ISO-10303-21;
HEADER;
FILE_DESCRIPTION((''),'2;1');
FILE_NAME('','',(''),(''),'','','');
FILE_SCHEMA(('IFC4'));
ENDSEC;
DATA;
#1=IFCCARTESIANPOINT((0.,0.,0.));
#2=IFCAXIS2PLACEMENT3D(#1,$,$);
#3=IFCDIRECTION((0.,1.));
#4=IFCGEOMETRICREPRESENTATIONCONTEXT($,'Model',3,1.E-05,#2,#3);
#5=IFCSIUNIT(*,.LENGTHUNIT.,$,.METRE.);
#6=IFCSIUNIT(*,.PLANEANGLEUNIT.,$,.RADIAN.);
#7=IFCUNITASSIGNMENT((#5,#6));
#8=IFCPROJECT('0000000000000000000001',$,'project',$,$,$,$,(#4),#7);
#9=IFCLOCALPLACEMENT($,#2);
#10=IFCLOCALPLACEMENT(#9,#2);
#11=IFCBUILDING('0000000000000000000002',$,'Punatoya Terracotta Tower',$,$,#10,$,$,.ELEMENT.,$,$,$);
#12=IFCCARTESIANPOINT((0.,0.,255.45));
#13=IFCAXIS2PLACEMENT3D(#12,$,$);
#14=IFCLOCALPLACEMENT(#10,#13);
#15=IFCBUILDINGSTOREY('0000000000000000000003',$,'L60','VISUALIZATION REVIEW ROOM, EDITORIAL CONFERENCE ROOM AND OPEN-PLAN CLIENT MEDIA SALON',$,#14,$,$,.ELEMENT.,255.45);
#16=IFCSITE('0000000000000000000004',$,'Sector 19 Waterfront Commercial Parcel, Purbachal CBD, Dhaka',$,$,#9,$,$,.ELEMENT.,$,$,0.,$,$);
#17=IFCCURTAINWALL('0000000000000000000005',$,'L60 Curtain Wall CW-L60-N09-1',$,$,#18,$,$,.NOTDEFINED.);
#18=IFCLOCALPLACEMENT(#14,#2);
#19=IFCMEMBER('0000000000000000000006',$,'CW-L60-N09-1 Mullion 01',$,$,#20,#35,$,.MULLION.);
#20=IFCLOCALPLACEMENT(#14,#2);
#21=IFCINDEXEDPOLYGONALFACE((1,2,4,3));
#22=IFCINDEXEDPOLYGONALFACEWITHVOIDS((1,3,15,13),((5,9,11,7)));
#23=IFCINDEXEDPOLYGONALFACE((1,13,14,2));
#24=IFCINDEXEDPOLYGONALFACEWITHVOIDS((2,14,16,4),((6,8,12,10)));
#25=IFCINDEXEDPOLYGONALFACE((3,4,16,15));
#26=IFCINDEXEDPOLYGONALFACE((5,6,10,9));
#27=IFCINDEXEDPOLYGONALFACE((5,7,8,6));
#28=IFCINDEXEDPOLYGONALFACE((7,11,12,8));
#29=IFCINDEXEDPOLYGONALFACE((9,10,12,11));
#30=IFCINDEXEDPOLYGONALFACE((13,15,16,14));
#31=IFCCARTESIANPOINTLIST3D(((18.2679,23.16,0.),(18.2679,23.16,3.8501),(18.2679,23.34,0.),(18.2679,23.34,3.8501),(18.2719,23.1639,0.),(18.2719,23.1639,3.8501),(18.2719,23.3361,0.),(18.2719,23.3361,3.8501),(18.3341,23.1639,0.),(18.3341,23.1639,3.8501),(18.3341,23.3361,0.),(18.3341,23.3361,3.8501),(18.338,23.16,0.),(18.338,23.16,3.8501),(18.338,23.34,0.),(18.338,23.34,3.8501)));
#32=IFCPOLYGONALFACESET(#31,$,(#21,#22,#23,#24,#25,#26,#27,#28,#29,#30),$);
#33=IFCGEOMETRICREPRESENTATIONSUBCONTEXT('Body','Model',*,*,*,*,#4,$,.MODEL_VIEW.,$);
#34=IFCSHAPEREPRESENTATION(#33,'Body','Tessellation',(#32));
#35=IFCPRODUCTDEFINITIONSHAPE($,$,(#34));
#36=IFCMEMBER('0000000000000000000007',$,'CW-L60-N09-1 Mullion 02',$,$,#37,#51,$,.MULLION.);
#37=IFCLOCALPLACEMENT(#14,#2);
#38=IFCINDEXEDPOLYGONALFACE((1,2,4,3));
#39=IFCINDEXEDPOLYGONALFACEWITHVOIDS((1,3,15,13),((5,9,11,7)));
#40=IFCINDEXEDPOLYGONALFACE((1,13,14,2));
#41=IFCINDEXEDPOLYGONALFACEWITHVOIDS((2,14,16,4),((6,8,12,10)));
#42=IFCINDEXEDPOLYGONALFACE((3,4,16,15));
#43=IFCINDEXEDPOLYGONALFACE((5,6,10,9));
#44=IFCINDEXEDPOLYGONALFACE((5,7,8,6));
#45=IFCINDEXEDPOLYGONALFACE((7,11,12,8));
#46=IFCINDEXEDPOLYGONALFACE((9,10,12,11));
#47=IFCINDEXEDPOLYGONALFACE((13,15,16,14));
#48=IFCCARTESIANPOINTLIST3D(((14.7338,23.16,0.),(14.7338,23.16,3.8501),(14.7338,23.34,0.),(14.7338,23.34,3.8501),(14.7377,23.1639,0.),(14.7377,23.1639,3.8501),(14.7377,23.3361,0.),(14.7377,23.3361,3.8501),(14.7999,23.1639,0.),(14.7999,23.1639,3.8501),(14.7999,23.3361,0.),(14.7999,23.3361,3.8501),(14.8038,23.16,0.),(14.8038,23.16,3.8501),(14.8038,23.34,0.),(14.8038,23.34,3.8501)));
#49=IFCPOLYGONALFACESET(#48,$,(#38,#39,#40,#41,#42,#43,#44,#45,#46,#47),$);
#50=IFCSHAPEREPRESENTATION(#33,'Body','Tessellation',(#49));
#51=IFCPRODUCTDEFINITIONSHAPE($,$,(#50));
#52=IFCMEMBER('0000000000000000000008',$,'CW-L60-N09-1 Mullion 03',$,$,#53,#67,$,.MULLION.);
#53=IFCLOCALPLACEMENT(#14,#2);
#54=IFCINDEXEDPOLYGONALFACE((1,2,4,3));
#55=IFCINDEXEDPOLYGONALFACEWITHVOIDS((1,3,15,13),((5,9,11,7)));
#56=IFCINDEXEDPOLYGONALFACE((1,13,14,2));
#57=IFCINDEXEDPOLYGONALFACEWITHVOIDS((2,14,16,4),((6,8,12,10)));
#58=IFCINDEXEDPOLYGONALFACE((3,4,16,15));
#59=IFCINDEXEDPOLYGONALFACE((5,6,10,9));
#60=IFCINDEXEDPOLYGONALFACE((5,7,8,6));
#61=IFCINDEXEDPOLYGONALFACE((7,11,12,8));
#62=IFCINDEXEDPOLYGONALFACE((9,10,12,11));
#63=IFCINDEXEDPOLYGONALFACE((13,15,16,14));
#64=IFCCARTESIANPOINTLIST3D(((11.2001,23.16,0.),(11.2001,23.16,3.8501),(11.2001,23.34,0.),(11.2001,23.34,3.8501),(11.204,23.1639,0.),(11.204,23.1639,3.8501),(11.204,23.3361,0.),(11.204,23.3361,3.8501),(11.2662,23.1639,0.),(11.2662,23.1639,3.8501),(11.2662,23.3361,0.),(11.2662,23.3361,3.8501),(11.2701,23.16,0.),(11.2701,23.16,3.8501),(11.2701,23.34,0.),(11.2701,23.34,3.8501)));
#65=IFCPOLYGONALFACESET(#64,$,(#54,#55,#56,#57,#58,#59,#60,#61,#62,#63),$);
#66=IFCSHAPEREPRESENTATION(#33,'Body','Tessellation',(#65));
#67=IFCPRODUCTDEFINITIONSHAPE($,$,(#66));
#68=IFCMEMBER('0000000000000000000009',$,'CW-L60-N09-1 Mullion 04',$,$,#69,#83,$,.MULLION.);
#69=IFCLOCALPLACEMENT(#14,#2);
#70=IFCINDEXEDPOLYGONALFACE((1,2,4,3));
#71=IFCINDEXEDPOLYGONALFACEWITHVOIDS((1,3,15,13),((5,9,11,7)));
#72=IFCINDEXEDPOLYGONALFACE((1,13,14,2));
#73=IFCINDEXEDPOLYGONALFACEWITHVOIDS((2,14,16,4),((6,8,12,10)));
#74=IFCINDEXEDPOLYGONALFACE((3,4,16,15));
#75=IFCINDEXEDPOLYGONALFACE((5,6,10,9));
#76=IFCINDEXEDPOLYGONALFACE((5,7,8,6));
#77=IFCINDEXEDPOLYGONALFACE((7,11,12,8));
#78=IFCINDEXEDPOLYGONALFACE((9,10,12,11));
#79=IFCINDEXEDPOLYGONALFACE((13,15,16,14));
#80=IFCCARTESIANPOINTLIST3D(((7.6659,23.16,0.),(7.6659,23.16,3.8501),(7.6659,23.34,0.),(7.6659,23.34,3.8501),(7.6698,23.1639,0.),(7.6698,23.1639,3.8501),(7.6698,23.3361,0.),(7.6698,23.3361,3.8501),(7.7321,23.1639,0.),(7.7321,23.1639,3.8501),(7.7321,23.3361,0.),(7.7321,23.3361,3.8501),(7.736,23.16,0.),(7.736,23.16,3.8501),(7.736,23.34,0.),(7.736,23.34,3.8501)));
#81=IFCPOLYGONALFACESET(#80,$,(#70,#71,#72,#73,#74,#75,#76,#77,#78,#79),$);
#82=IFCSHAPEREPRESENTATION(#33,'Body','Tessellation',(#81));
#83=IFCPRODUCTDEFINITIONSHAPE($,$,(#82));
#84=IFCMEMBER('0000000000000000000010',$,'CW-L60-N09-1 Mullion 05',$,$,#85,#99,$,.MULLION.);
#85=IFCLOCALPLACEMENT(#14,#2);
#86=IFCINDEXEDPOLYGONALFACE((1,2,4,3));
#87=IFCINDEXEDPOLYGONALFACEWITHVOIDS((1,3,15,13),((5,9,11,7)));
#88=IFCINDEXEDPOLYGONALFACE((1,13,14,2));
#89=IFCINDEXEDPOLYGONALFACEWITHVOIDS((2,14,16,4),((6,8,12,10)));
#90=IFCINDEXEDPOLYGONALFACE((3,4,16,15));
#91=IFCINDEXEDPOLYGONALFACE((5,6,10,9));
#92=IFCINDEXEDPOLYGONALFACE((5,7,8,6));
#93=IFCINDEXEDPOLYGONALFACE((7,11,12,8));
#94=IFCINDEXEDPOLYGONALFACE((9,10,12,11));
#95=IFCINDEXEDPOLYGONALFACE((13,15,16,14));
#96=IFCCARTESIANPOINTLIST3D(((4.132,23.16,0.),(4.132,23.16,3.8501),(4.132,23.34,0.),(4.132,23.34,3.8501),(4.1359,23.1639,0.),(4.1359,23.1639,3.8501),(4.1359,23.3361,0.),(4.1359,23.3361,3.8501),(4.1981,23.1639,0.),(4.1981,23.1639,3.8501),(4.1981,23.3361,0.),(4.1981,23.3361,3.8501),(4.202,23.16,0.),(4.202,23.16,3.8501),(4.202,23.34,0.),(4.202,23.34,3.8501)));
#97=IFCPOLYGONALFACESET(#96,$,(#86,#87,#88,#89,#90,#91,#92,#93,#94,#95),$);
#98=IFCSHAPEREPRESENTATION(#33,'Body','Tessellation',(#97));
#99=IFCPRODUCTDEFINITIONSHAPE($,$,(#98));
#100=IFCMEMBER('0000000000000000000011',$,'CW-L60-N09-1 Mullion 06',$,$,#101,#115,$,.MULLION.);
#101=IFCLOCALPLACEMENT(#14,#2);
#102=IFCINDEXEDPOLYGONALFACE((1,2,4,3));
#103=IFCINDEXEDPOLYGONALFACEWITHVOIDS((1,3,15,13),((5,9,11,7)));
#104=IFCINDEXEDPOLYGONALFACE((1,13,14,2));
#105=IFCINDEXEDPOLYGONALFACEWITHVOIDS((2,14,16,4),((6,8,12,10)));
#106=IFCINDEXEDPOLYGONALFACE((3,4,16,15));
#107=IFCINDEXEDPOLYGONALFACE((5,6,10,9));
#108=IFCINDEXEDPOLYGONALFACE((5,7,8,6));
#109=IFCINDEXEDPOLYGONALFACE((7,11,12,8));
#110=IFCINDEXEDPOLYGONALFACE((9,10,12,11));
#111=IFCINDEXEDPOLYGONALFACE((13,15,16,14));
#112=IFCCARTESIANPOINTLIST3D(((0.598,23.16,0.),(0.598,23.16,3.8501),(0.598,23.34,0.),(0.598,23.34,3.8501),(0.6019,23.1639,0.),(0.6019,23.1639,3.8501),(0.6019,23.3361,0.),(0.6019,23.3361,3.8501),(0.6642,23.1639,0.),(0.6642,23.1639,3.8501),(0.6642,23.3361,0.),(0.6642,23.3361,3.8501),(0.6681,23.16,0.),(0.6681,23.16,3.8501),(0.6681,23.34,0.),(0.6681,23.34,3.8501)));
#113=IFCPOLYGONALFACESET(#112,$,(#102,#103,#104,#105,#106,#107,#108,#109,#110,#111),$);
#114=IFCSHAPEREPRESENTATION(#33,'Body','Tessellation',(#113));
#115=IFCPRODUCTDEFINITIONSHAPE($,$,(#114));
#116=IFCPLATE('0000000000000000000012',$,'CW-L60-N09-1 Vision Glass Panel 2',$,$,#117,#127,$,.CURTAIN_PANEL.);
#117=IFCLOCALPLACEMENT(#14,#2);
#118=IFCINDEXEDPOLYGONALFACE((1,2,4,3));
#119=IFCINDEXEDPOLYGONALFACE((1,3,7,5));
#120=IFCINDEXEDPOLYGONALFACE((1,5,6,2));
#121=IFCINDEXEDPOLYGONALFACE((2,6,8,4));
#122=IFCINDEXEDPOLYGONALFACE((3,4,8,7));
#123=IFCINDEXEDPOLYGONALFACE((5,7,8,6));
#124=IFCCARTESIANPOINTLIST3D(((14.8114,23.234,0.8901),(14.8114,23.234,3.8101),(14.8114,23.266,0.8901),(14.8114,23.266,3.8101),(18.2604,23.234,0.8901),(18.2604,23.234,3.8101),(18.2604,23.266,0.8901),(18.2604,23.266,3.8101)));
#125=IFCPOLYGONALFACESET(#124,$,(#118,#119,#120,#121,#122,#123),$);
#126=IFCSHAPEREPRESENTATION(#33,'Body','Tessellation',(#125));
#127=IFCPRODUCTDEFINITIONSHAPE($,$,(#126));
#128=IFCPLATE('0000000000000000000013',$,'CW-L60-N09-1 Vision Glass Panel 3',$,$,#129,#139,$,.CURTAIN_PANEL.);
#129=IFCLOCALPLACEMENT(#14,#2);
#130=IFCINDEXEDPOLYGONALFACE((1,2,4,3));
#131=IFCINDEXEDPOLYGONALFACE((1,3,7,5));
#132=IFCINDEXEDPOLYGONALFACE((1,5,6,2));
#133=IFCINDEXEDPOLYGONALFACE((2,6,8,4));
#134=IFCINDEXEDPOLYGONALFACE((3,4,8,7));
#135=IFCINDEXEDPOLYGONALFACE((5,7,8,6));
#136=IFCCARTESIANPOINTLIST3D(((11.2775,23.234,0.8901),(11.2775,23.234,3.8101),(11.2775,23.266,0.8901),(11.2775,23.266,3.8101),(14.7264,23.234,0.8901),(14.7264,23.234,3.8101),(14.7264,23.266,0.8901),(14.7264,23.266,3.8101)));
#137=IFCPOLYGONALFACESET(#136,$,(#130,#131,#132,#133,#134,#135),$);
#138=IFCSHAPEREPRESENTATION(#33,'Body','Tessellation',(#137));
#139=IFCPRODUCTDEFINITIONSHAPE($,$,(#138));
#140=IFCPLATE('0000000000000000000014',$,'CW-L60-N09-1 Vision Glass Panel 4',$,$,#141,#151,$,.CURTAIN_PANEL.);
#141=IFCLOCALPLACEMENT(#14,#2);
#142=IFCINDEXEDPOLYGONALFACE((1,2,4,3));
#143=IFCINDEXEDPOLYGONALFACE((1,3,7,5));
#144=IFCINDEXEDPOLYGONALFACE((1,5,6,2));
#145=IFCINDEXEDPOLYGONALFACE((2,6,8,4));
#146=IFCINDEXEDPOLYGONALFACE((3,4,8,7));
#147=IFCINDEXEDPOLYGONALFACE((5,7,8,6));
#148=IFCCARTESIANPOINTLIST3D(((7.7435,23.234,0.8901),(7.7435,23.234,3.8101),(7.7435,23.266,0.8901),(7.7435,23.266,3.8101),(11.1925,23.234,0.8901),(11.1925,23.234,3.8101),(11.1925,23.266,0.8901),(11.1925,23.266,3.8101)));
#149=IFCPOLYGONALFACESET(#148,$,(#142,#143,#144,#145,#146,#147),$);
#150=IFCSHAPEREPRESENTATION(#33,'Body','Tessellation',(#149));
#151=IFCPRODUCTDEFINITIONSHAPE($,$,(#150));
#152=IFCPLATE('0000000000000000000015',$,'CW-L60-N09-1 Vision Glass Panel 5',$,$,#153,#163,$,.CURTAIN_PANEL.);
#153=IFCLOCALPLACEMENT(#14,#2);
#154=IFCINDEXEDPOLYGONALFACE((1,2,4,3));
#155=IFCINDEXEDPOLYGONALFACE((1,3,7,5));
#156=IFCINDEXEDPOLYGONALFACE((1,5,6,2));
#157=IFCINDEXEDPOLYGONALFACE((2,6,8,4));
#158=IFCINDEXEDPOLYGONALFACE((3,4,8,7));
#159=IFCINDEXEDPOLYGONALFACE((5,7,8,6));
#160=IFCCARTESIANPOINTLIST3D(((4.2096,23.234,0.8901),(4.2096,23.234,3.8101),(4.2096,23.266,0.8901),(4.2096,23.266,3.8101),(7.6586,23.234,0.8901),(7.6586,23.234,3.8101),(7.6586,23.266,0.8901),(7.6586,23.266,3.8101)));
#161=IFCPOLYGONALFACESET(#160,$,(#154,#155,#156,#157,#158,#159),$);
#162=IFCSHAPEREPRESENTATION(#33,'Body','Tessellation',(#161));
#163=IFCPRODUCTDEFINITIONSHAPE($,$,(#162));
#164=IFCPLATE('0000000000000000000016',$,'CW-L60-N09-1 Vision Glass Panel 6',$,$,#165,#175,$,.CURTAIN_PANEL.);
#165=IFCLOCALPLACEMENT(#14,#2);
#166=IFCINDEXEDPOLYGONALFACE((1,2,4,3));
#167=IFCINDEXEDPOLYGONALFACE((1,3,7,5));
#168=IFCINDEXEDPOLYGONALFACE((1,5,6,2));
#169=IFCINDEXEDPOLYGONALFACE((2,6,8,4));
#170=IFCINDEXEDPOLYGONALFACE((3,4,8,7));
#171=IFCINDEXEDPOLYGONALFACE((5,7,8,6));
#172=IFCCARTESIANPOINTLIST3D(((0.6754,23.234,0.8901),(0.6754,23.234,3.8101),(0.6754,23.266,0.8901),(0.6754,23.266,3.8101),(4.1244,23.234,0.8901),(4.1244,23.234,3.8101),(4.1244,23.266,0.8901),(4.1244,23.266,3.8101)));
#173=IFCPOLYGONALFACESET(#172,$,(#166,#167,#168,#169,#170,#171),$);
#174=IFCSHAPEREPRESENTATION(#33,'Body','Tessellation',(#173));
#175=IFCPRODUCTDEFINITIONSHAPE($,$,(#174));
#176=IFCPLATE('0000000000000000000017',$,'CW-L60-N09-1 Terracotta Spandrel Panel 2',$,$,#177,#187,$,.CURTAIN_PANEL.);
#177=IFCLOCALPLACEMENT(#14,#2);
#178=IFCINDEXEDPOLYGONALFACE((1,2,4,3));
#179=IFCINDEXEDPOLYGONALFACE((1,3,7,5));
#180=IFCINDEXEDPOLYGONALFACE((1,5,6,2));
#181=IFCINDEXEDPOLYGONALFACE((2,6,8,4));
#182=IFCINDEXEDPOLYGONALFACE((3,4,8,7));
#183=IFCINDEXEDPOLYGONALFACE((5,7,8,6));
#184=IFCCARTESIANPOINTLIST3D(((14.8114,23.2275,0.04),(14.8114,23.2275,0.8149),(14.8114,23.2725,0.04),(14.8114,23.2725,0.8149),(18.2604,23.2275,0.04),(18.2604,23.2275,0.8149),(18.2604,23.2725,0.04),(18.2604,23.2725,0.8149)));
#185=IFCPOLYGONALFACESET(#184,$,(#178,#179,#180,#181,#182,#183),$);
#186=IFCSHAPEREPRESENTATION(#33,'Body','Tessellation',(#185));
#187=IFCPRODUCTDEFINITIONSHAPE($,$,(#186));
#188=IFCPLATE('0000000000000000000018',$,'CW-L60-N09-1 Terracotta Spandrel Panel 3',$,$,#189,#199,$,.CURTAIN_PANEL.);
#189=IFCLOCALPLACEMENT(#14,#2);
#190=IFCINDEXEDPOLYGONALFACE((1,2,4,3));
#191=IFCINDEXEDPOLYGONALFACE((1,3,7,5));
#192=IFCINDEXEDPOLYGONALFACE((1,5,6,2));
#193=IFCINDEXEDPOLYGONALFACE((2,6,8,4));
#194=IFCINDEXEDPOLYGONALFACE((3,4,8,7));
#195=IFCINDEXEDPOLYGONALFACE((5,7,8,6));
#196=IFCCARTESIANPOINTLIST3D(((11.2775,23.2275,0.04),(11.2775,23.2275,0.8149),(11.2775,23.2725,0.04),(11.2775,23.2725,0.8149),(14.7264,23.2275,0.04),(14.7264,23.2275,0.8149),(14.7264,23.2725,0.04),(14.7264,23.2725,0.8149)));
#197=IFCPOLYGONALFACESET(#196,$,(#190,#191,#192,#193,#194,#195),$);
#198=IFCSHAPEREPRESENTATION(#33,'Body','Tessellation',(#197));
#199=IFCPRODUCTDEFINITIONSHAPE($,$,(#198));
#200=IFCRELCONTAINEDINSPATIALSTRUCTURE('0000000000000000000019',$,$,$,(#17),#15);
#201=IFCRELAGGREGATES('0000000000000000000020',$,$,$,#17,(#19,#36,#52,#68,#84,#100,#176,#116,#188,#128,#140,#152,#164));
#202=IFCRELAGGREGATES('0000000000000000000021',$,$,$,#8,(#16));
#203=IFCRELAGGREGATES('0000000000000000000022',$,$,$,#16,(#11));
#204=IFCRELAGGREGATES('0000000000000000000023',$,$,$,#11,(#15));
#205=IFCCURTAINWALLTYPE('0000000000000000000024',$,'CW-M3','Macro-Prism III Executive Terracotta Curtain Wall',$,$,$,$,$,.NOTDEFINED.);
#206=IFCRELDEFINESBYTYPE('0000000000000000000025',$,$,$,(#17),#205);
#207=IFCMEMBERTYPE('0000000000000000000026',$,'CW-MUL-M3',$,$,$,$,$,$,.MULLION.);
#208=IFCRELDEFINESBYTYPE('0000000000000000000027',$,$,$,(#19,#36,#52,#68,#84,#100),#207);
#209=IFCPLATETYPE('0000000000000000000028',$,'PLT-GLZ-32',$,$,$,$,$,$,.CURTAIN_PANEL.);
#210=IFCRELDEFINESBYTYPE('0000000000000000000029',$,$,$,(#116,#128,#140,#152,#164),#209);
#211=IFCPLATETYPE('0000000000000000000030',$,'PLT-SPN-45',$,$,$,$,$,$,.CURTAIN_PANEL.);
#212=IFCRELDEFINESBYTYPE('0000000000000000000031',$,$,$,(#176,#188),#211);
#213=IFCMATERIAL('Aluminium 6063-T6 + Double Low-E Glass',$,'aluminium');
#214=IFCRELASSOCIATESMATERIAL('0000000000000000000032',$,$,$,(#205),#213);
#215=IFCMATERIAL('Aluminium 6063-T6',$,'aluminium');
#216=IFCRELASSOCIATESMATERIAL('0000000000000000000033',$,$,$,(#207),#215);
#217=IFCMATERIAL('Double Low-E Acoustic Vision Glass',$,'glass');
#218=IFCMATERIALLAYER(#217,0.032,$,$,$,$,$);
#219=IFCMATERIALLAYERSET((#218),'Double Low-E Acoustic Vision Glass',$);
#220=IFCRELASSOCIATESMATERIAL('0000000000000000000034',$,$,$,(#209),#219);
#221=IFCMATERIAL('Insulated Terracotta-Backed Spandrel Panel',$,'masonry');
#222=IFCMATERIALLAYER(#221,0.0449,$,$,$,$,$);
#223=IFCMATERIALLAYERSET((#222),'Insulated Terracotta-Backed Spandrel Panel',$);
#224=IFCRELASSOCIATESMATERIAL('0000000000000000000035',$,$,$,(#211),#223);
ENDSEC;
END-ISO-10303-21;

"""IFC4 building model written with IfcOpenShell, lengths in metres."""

from ifc_helpers import new_model, si_unit, direction, frame, origin, origin_2d, place, context, subcontext, project, spatial, rectangle, hollow_rectangle, extrude, material, layer, layer_set, material_profile, profile_set, type_object, element, aggregate, save


model = new_model("IFC4")

# Units and contexts
model_context = context("Model", 3, precision=1e-05, world=origin(), true_north=direction((0.0, 1.0)))
body_context = subcontext(model_context, "Body", "Model", "MODEL_VIEW")
ifc_project = project(units=[si_unit("LENGTHUNIT", "METRE"), si_unit("PLANEANGLEUNIT", "RADIAN")], contexts=[model_context])

# Site, building, storey
site_placement = place(None, origin())
site = spatial("IfcSite", under=ifc_project, at=site_placement, Name="Sector 19 Waterfront Commercial Parcel, Purbachal CBD, Dhaka", CompositionType="ELEMENT", RefElevation=0.0)
building_placement = place(site_placement, origin())
building = spatial("IfcBuilding", under=site, at=building_placement, Name="Punatoya Terracotta Tower", CompositionType="ELEMENT")
storey_placement = place(building_placement, frame((0.0, 0.0, 255.45)))
storey = spatial("IfcBuildingStorey", under=building, at=storey_placement, Name="L60", Description="VISUALIZATION REVIEW ROOM, EDITORIAL CONFERENCE ROOM AND OPEN-PLAN CLIENT MEDIA SALON", CompositionType="ELEMENT", Elevation=255.45)

# Curtain wall, members, plates
ifc_material_1 = material(Name="Aluminium 6063-T6 + Double Low-E Glass", Category="aluminium")
curtain_wall_type = type_object("IfcCurtainWallType", Name="CW-M3", Description="Macro-Prism III Executive Terracotta Curtain Wall", PredefinedType="NOTDEFINED", material=ifc_material_1)
curtain_wall_placement = place(storey_placement, origin())
curtain_wall = element("IfcCurtainWall", 1, at=curtain_wall_placement, inside=storey, type_object=curtain_wall_type, Name="L60 Curtain Wall CW-L60-N09-1", PredefinedType="NOTDEFINED")
ifc_material_2 = material(Name="Aluminium 6063-T6", Category="aluminium")
ifc_material_profile_1 = material_profile(ifc_material_2, hollow_rectangle(XDim=0.0701, YDim=0.1799, WallThickness=0.0039, at=origin_2d()))
ifc_profile_set_1 = profile_set([ifc_material_profile_1], Name="Aluminium 6063-T6")
member_type = type_object("IfcMemberType", Name="CW-MUL-M3", PredefinedType="MULLION", material=ifc_profile_set_1)
member_1_placement = place(storey_placement, frame((18.303, 23.25, 0.0), z_axis=(0.0, 0.0, 1.0), x_axis=(1.0, 0.0, 0.0)))
member_1 = element("IfcMember", 2, at=member_1_placement, type_object=member_type, Name="CW-L60-N09-1 Mullion 01", PredefinedType="MULLION", context=body_context, shape_type="SweptSolid", body=[
    extrude(hollow_rectangle(XDim=0.0701, YDim=0.1799, WallThickness=0.0039, at=origin_2d()), origin(), (0.0, 0.0, 1.0), 3.8501),
])
member_2_placement = place(storey_placement, frame((14.7688, 23.25, 0.0), z_axis=(0.0, 0.0, 1.0), x_axis=(1.0, 0.0, 0.0)))
member_2 = element("IfcMember", 3, at=member_2_placement, type_object=member_type, Name="CW-L60-N09-1 Mullion 02", PredefinedType="MULLION", context=body_context, shape_type="SweptSolid", body=[
    extrude(hollow_rectangle(XDim=0.0701, YDim=0.1799, WallThickness=0.0039, at=origin_2d()), origin(), (0.0, 0.0, 1.0), 3.8501),
])
member_3_placement = place(storey_placement, frame((11.2351, 23.25, 0.0), z_axis=(0.0, 0.0, 1.0), x_axis=(1.0, 0.0, 0.0)))
member_3 = element("IfcMember", 4, at=member_3_placement, type_object=member_type, Name="CW-L60-N09-1 Mullion 03", PredefinedType="MULLION", context=body_context, shape_type="SweptSolid", body=[
    extrude(hollow_rectangle(XDim=0.0701, YDim=0.1799, WallThickness=0.0039, at=origin_2d()), origin(), (0.0, 0.0, 1.0), 3.8501),
])
member_4_placement = place(storey_placement, frame((7.7009, 23.25, 0.0), z_axis=(0.0, 0.0, 1.0), x_axis=(1.0, 0.0, 0.0)))
member_4 = element("IfcMember", 5, at=member_4_placement, type_object=member_type, Name="CW-L60-N09-1 Mullion 04", PredefinedType="MULLION", context=body_context, shape_type="SweptSolid", body=[
    extrude(hollow_rectangle(XDim=0.0701, YDim=0.1799, WallThickness=0.0039, at=origin_2d()), origin(), (0.0, 0.0, 1.0), 3.8501),
])
member_5_placement = place(storey_placement, frame((4.167, 23.25, 0.0), z_axis=(0.0, 0.0, 1.0), x_axis=(1.0, 0.0, 0.0)))
member_5 = element("IfcMember", 6, at=member_5_placement, type_object=member_type, Name="CW-L60-N09-1 Mullion 05", PredefinedType="MULLION", context=body_context, shape_type="SweptSolid", body=[
    extrude(hollow_rectangle(XDim=0.0701, YDim=0.1799, WallThickness=0.0039, at=origin_2d()), origin(), (0.0, 0.0, 1.0), 3.8501),
])
member_6_placement = place(storey_placement, frame((0.6331, 23.25, 0.0), z_axis=(0.0, 0.0, 1.0), x_axis=(1.0, 0.0, 0.0)))
member_6 = element("IfcMember", 7, at=member_6_placement, type_object=member_type, Name="CW-L60-N09-1 Mullion 06", PredefinedType="MULLION", context=body_context, shape_type="SweptSolid", body=[
    extrude(hollow_rectangle(XDim=0.0701, YDim=0.1799, WallThickness=0.0039, at=origin_2d()), origin(), (0.0, 0.0, 1.0), 3.8501),
])
ifc_material_3 = material(Name="Double Low-E Acoustic Vision Glass", Category="glass")
ifc_layer_1 = layer(ifc_material_3, 0.032)
ifc_layer_set_1 = layer_set([ifc_layer_1], Name="Double Low-E Acoustic Vision Glass")
plate_type_1 = type_object("IfcPlateType", Name="PLT-GLZ-32", PredefinedType="CURTAIN_PANEL", material=ifc_layer_set_1)
plate_1_placement = place(storey_placement, frame((16.5359, 23.25, 0.8901), z_axis=(0.0, 0.0, 1.0), x_axis=(-1.0, 0.0, 0.0)))
plate_1 = element("IfcPlate", 8, at=plate_1_placement, type_object=plate_type_1, Name="CW-L60-N09-1 Vision Glass Panel 2", PredefinedType="CURTAIN_PANEL", context=body_context, shape_type="SweptSolid", body=[
    extrude(rectangle(XDim=3.449, YDim=0.032, at=origin_2d()), origin(), (0.0, 0.0, 1.0), 2.9199),
])
plate_2_placement = place(storey_placement, frame((13.002, 23.25, 0.8901), z_axis=(0.0, 0.0, 1.0), x_axis=(-1.0, 0.0, 0.0)))
plate_2 = element("IfcPlate", 9, at=plate_2_placement, type_object=plate_type_1, Name="CW-L60-N09-1 Vision Glass Panel 3", PredefinedType="CURTAIN_PANEL", context=body_context, shape_type="SweptSolid", body=[
    extrude(rectangle(XDim=3.449, YDim=0.032, at=origin_2d()), origin(), (0.0, 0.0, 1.0), 2.9199),
])
plate_3_placement = place(storey_placement, frame((9.468, 23.25, 0.8901), z_axis=(0.0, 0.0, 1.0), x_axis=(-1.0, 0.0, 0.0)))
plate_3 = element("IfcPlate", 10, at=plate_3_placement, type_object=plate_type_1, Name="CW-L60-N09-1 Vision Glass Panel 4", PredefinedType="CURTAIN_PANEL", context=body_context, shape_type="SweptSolid", body=[
    extrude(rectangle(XDim=3.449, YDim=0.032, at=origin_2d()), origin(), (0.0, 0.0, 1.0), 2.9199),
])
plate_4_placement = place(storey_placement, frame((5.9341, 23.25, 0.8901), z_axis=(0.0, 0.0, 1.0), x_axis=(-1.0, 0.0, 0.0)))
plate_4 = element("IfcPlate", 11, at=plate_4_placement, type_object=plate_type_1, Name="CW-L60-N09-1 Vision Glass Panel 5", PredefinedType="CURTAIN_PANEL", context=body_context, shape_type="SweptSolid", body=[
    extrude(rectangle(XDim=3.449, YDim=0.032, at=origin_2d()), origin(), (0.0, 0.0, 1.0), 2.9199),
])
plate_5_placement = place(storey_placement, frame((2.3999, 23.25, 0.8901), z_axis=(0.0, 0.0, 1.0), x_axis=(-1.0, 0.0, 0.0)))
plate_5 = element("IfcPlate", 12, at=plate_5_placement, type_object=plate_type_1, Name="CW-L60-N09-1 Vision Glass Panel 6", PredefinedType="CURTAIN_PANEL", context=body_context, shape_type="SweptSolid", body=[
    extrude(rectangle(XDim=3.449, YDim=0.032, at=origin_2d()), origin(), (0.0, 0.0, 1.0), 2.9199),
])
ifc_material_4 = material(Name="Insulated Terracotta-Backed Spandrel Panel", Category="masonry")
ifc_layer_2 = layer(ifc_material_4, 0.0449)
ifc_layer_set_2 = layer_set([ifc_layer_2], Name="Insulated Terracotta-Backed Spandrel Panel")
plate_type_2 = type_object("IfcPlateType", Name="PLT-SPN-45", PredefinedType="CURTAIN_PANEL", material=ifc_layer_set_2)
plate_6_placement = place(storey_placement, frame((16.5359, 23.25, 0.04), z_axis=(0.0, 0.0, 1.0), x_axis=(-1.0, 0.0, 0.0)))
plate_6 = element("IfcPlate", 13, at=plate_6_placement, type_object=plate_type_2, Name="CW-L60-N09-1 Terracotta Spandrel Panel 2", PredefinedType="CURTAIN_PANEL", context=body_context, shape_type="SweptSolid", body=[
    extrude(rectangle(XDim=3.449, YDim=0.0449, at=origin_2d()), origin(), (0.0, 0.0, 1.0), 0.7749),
])
plate_7_placement = place(storey_placement, frame((13.002, 23.25, 0.04), z_axis=(0.0, 0.0, 1.0), x_axis=(-1.0, 0.0, 0.0)))
plate_7 = element("IfcPlate", 14, at=plate_7_placement, type_object=plate_type_2, Name="CW-L60-N09-1 Terracotta Spandrel Panel 3", PredefinedType="CURTAIN_PANEL", context=body_context, shape_type="SweptSolid", body=[
    extrude(rectangle(XDim=3.449, YDim=0.0449, at=origin_2d()), origin(), (0.0, 0.0, 1.0), 0.7749),
])
aggregate(curtain_wall, [member_1, member_2, member_3, member_4, member_5, member_6, plate_6, plate_1, plate_7, plate_2, plate_3, plate_4, plate_5])

save(model, "model.ifc")
